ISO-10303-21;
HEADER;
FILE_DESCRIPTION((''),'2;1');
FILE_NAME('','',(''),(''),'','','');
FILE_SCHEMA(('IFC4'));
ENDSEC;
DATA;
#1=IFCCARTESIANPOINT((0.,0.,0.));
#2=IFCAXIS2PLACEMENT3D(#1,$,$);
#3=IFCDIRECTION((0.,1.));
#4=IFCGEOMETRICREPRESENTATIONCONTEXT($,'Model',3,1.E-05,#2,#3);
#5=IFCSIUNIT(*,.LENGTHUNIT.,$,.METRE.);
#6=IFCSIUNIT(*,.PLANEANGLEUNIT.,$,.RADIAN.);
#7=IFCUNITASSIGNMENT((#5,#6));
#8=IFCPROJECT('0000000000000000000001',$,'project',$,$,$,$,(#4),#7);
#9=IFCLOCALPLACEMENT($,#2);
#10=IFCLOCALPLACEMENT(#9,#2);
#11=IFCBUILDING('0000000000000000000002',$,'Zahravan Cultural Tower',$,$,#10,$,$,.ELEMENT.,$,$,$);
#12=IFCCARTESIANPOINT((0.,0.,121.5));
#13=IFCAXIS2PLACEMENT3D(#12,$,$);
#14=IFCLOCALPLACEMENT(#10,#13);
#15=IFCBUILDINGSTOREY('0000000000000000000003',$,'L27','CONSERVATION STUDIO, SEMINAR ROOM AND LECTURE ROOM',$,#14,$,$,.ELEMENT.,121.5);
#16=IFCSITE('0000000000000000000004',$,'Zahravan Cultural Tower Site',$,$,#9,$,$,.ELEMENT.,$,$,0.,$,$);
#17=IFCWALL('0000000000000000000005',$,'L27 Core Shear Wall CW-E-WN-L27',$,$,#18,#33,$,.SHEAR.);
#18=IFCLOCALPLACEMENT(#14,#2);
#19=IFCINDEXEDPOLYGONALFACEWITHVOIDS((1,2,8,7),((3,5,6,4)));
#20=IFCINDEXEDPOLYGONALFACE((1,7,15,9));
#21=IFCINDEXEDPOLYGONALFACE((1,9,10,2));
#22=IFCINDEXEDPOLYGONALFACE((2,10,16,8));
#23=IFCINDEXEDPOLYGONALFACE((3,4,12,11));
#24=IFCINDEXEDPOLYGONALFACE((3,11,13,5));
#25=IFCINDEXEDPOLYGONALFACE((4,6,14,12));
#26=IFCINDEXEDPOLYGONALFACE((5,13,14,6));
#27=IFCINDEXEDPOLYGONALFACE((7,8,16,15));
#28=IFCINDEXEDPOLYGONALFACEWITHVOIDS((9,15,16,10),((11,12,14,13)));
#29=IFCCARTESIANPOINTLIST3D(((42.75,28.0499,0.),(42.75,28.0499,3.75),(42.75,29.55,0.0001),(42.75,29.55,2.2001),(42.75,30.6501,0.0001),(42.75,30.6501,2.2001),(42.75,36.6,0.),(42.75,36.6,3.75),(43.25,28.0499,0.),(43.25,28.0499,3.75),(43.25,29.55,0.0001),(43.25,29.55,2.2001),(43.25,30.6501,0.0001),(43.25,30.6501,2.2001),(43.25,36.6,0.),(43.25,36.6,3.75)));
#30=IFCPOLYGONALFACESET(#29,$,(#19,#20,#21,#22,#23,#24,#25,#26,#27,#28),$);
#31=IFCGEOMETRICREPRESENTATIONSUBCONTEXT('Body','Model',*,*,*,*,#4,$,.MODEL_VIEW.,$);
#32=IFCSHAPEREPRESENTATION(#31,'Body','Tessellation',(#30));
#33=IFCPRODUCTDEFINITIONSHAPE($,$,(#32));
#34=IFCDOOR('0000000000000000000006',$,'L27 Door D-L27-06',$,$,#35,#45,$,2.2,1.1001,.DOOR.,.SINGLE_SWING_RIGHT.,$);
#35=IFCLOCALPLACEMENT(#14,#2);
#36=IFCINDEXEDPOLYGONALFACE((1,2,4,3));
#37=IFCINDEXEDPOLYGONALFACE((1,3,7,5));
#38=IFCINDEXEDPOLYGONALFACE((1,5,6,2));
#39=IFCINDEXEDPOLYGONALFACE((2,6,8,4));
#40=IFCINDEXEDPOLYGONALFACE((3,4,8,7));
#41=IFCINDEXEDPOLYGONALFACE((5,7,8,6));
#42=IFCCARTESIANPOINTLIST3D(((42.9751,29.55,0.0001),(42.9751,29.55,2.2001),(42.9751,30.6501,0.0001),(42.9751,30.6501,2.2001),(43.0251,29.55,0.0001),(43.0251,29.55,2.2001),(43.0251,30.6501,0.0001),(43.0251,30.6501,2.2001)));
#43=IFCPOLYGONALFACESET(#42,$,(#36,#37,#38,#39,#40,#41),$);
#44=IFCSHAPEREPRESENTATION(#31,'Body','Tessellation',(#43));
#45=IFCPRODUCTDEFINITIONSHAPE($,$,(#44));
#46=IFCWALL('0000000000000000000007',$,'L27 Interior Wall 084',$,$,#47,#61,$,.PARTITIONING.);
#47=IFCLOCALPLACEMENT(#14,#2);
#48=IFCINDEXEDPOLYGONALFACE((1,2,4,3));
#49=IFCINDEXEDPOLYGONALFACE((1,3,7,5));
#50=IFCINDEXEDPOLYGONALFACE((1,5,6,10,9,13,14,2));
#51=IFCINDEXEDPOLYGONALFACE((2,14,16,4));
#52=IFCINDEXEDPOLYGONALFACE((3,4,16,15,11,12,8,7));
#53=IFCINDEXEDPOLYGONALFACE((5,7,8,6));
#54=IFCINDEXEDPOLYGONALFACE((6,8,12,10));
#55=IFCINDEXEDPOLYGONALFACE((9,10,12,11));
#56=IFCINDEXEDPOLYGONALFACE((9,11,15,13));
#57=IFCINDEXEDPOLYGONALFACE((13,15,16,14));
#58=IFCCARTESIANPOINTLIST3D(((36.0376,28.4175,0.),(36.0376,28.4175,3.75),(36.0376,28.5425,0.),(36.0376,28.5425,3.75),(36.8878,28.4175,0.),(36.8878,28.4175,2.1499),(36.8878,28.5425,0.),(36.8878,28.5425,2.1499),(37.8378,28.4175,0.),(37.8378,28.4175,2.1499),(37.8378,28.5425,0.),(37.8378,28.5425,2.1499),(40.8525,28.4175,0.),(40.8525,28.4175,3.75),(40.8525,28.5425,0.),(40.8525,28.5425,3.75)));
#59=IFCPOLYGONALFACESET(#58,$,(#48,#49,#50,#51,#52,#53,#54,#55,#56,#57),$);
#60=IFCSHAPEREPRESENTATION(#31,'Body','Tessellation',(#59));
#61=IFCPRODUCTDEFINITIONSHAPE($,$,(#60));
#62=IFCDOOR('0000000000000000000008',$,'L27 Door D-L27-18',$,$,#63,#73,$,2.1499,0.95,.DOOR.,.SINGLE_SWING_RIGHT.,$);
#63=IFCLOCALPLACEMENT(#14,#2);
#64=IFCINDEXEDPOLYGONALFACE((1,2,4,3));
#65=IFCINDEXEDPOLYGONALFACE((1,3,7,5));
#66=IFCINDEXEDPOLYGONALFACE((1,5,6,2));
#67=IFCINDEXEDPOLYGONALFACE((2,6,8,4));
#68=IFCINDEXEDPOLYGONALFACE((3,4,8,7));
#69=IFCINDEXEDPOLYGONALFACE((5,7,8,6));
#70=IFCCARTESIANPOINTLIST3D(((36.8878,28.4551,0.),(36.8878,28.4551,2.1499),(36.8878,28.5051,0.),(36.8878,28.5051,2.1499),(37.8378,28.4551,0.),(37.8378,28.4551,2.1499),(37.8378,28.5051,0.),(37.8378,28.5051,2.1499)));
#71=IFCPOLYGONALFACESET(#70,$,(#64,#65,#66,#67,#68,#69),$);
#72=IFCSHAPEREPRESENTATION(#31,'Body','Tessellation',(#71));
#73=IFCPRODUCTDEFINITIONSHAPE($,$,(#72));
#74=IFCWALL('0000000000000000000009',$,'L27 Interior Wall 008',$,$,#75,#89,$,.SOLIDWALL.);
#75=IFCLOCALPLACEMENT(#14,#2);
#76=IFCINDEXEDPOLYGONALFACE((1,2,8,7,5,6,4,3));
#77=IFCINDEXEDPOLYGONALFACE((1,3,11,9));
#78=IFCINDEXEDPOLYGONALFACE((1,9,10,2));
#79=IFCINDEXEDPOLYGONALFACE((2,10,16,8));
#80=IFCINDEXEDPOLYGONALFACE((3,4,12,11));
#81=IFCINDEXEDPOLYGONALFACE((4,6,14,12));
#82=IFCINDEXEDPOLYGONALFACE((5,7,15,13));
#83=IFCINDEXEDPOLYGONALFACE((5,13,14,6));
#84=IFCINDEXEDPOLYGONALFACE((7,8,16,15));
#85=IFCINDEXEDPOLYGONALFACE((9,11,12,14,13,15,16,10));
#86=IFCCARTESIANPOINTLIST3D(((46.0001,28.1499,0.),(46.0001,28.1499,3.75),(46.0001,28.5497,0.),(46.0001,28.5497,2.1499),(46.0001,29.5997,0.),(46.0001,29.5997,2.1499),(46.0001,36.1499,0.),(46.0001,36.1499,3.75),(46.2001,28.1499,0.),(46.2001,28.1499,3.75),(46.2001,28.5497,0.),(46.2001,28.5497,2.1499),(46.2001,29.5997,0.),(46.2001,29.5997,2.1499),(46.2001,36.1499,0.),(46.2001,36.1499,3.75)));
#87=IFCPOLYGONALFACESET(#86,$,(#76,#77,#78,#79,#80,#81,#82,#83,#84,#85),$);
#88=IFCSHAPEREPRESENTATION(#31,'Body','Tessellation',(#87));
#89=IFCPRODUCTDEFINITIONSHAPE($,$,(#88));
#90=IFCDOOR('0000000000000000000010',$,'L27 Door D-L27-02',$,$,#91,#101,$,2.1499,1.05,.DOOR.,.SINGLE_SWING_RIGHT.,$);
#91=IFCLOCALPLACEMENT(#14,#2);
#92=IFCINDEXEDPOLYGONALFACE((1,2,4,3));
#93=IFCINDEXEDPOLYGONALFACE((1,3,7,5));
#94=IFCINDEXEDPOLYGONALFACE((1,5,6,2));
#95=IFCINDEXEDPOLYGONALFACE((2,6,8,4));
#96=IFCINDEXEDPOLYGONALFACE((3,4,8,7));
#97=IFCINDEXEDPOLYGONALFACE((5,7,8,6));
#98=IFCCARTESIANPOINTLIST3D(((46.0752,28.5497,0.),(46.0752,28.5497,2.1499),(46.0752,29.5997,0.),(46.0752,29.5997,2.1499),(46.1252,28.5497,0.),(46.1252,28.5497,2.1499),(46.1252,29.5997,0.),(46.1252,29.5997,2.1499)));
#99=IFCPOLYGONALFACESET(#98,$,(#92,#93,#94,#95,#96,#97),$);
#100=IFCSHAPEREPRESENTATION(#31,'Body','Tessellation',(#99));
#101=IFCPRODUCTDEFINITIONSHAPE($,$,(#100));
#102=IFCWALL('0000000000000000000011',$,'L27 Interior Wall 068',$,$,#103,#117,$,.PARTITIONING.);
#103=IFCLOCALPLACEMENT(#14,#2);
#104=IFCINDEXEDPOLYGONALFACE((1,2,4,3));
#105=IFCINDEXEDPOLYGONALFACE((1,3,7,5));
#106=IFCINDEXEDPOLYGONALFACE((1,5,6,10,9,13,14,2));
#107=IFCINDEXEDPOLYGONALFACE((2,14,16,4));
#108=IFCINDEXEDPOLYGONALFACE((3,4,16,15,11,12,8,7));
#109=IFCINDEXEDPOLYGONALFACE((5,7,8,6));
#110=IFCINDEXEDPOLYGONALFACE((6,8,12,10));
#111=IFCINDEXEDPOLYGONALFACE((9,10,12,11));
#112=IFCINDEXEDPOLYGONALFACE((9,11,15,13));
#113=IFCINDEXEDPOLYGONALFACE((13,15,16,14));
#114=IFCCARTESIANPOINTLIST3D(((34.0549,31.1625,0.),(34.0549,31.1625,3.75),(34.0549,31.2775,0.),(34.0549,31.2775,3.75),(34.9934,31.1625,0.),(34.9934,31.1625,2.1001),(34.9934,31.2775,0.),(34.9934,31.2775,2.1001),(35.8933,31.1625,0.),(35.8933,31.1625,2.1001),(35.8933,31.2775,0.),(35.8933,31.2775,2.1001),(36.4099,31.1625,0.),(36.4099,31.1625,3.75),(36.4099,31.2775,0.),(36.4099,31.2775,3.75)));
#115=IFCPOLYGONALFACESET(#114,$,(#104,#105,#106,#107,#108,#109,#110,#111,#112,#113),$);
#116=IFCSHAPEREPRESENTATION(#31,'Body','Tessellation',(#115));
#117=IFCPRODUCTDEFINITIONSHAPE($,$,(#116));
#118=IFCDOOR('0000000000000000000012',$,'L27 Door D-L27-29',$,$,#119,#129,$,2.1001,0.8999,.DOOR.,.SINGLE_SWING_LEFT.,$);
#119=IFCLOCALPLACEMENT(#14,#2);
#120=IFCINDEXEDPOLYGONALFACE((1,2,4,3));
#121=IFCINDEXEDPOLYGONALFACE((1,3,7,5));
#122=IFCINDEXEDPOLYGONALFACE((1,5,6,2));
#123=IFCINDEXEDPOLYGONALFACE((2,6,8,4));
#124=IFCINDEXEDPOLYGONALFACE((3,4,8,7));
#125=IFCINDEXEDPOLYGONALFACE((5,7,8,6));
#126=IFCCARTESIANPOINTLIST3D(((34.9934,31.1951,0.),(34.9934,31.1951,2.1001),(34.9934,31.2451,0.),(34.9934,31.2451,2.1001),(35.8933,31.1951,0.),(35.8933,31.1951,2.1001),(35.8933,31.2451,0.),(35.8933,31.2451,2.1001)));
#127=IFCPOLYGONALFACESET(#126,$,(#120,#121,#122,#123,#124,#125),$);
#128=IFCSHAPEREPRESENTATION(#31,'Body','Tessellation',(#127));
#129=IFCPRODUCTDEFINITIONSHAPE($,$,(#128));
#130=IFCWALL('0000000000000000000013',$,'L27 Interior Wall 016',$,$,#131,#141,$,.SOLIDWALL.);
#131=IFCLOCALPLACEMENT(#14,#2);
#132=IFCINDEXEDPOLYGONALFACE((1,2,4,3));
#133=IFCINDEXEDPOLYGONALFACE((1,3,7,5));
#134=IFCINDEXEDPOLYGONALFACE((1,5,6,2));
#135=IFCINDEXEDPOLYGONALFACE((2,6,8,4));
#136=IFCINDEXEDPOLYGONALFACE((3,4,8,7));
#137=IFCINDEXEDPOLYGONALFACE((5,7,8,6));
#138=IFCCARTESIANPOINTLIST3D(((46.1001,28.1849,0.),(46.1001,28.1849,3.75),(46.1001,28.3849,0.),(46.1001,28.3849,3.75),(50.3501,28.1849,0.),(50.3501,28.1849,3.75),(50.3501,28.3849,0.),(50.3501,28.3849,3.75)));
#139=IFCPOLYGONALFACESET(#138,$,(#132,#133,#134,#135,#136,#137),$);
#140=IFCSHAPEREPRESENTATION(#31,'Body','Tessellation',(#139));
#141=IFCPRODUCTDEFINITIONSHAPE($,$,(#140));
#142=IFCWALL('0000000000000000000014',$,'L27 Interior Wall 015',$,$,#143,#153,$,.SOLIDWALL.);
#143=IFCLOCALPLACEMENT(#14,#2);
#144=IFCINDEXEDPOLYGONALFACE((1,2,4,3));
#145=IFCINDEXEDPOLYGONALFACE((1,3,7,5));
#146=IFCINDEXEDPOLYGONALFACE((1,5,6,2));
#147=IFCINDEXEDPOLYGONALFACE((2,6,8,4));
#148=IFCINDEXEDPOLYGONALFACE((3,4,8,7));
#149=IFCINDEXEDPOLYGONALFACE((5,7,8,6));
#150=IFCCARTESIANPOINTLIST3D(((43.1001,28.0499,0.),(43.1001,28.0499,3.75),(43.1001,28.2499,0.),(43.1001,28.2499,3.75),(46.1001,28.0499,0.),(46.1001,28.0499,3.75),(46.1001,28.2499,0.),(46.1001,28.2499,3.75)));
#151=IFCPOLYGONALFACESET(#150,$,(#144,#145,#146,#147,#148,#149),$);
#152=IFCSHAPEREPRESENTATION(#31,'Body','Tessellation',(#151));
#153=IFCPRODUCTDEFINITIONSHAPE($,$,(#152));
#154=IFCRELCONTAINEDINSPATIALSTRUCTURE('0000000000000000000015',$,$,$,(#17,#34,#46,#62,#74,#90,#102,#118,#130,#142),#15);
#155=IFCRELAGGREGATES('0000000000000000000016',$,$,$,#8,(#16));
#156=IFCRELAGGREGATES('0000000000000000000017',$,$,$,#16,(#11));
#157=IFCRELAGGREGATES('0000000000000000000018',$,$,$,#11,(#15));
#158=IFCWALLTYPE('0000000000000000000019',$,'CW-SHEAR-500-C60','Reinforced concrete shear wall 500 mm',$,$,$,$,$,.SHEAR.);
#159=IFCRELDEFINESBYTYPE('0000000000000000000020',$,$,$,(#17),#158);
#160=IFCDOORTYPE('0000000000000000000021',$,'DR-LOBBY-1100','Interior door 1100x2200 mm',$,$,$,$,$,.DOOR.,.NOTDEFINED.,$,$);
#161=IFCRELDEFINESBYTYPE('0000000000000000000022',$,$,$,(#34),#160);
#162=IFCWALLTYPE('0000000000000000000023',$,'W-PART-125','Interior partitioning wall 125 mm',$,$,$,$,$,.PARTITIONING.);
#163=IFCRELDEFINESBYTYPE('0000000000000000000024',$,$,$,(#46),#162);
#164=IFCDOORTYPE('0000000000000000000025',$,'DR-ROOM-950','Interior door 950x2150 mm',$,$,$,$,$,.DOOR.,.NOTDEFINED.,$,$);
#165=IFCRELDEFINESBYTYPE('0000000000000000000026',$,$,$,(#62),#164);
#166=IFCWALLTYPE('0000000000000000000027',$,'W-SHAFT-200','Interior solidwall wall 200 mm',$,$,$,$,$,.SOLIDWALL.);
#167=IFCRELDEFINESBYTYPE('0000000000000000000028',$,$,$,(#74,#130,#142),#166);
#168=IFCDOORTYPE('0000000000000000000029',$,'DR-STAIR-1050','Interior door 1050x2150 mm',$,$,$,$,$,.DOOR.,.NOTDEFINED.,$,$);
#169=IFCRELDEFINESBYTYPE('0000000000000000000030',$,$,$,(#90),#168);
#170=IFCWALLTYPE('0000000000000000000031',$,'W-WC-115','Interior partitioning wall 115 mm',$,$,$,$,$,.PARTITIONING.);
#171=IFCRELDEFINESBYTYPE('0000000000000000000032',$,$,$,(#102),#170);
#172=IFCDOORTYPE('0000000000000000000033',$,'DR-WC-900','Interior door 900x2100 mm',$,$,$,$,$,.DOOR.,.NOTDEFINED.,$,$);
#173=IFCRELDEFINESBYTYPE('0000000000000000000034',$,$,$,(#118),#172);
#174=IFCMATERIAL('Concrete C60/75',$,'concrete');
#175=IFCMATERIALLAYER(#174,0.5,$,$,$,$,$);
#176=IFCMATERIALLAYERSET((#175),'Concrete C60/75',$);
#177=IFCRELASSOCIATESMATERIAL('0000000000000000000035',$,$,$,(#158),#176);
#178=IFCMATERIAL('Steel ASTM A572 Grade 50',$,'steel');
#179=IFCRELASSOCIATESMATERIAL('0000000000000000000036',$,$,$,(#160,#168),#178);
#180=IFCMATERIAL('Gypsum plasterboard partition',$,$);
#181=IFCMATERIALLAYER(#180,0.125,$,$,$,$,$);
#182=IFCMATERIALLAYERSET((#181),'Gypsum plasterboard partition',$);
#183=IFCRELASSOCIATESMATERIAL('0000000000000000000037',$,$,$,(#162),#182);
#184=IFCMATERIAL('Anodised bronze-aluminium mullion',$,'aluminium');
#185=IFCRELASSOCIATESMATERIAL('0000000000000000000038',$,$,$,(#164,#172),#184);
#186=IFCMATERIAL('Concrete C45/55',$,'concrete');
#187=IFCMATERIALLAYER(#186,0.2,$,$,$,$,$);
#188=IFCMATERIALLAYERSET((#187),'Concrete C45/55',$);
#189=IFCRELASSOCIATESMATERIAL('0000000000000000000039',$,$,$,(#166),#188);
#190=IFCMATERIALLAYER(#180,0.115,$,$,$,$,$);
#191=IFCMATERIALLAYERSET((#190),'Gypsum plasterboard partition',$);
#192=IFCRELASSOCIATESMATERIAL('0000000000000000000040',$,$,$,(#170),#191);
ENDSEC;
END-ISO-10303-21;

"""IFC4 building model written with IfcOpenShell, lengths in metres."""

from ifc_helpers import new_model, si_unit, direction, frame, frame_2d, origin, place, context, subcontext, project, spatial, rectangle, extrude, source, transform, mapped, material, layer, layer_set, type_object, element, fill, save


model = new_model("IFC4")

# Units and contexts
model_context = context("Model", 3, precision=1e-05, world=origin(), true_north=direction((0.0, 1.0)))
body_context = subcontext(model_context, "Body", "Model", "MODEL_VIEW")
ifc_project = project(units=[si_unit("LENGTHUNIT", "METRE"), si_unit("PLANEANGLEUNIT", "RADIAN")], contexts=[model_context])

# Site, building, storey
site_placement = place(None, origin())
site = spatial("IfcSite", under=ifc_project, at=site_placement, Name="Zahravan Cultural Tower Site", CompositionType="ELEMENT", RefElevation=0.0)
building_placement = place(site_placement, origin())
building = spatial("IfcBuilding", under=site, at=building_placement, Name="Zahravan Cultural Tower", CompositionType="ELEMENT")
storey_placement = place(building_placement, frame((0.0, 0.0, 121.5)))
storey = spatial("IfcBuildingStorey", under=building, at=storey_placement, Name="L27", Description="CONSERVATION STUDIO, SEMINAR ROOM AND LECTURE ROOM", CompositionType="ELEMENT", Elevation=121.5)

# Walls, openings, doors
ifc_material_1 = material(Name="Concrete C60/75", Category="concrete")
ifc_layer_1 = layer(ifc_material_1, 0.5)
ifc_layer_set_1 = layer_set([ifc_layer_1], Name="Concrete C60/75")
wall_type_1 = type_object("IfcWallType", Name="CW-SHEAR-500-C60", Description="Reinforced concrete shear wall 500 mm", PredefinedType="SHEAR", material=ifc_layer_set_1)
wall_1_placement = place(storey_placement, frame((43.0, 28.05, 0.0), z_axis=(0.0, 0.0, 1.0), x_axis=(0.0, 1.0, 0.0)))
wall_1 = element("IfcWall", 1, at=wall_1_placement, inside=storey, type_object=wall_type_1, Name="L27 Core Shear Wall CW-E-WN-L27", PredefinedType="SHEAR", context=body_context, shape_type="SweptSolid", body=[
    extrude(rectangle(XDim=8.55, YDim=0.5, at=frame_2d((4.2749, 0.0))), origin(), (0.0, 0.0, 1.0), 3.75),
])
opening_1_placement = place(wall_1_placement, frame((1.5, 0.0, 0.0)))
opening_1 = element("IfcOpeningElement", 2, at=opening_1_placement, cuts=wall_1, PredefinedType="OPENING", context=body_context, shape_type="SweptSolid", body=[
    extrude(rectangle(XDim=1.1001, YDim=2.2, at=frame_2d((0.55, 1.1001))), frame((0.0, 0.26, 0.0), z_axis=(0.0, -1.0, 0.0), x_axis=(1.0, 0.0, 0.0)), (0.0, 0.0, 1.0), 0.52),
])
ifc_material_2 = material(Name="Steel ASTM A572 Grade 50", Category="steel")
door_type_1 = type_object("IfcDoorType", Name="DR-LOBBY-1100", Description="Interior door 1100x2200 mm", OperationType="NOTDEFINED", PredefinedType="DOOR", material=ifc_material_2)
shared_shape_1 = source(origin(), body_context, "Body", "SweptSolid", [
    extrude(rectangle(XDim=1.1001, YDim=2.2, at=frame_2d((0.55, 1.1001))), frame((0.0, 0.0249, 0.0), z_axis=(0.0, -1.0, 0.0), x_axis=(1.0, 0.0, 0.0)), (0.0, 0.0, 1.0), 0.05),
])
door_1_placement = place(opening_1_placement, origin())
door_1 = element("IfcDoor", 3, at=door_1_placement, inside=storey, type_object=door_type_1, Name="L27 Door D-L27-06", OperationType="SINGLE_SWING_RIGHT", OverallHeight=2.2, OverallWidth=1.1001, PredefinedType="DOOR", context=body_context, shape_type="MappedRepresentation", body=[
    mapped(shared_shape_1, transform((0.0, 0.0, 0.0), x_axis=(1.0, 0.0, 0.0), y_axis=(0.0, 1.0, 0.0), z_axis=(0.0, 0.0, 1.0), scale=1.0)),
])
fill(opening_1, door_1)
ifc_material_3 = material(Name="Gypsum plasterboard partition")
ifc_layer_2 = layer(ifc_material_3, 0.125)
ifc_layer_set_2 = layer_set([ifc_layer_2], Name="Gypsum plasterboard partition")
wall_type_2 = type_object("IfcWallType", Name="W-PART-125", Description="Interior partitioning wall 125 mm", PredefinedType="PARTITIONING", material=ifc_layer_set_2)
wall_2_placement = place(storey_placement, frame((40.8525, 28.48, 0.0), z_axis=(0.0, 0.0, 1.0), x_axis=(-1.0, 0.0, 0.0)))
wall_2 = element("IfcWall", 4, at=wall_2_placement, inside=storey, type_object=wall_type_2, Name="L27 Interior Wall 084", PredefinedType="PARTITIONING", context=body_context, shape_type="SweptSolid", body=[
    extrude(rectangle(XDim=4.8149, YDim=0.125, at=frame_2d((2.4075, 0.0))), origin(), (0.0, 0.0, 1.0), 3.75),
])
opening_2_placement = place(wall_2_placement, frame((3.0146, 0.0, 0.0)))
opening_2 = element("IfcOpeningElement", 5, at=opening_2_placement, cuts=wall_2, PredefinedType="OPENING", context=body_context, shape_type="SweptSolid", body=[
    extrude(rectangle(XDim=0.95, YDim=2.1499, at=frame_2d((0.4751, 1.075))), frame((0.0, 0.0725, 0.0), z_axis=(0.0, -1.0, 0.0), x_axis=(1.0, 0.0, 0.0)), (0.0, 0.0, 1.0), 0.145),
])
ifc_material_4 = material(Name="Anodised bronze-aluminium mullion", Category="aluminium")
door_type_2 = type_object("IfcDoorType", Name="DR-ROOM-950", Description="Interior door 950x2150 mm", OperationType="NOTDEFINED", PredefinedType="DOOR", material=ifc_material_4)
shared_shape_2 = source(origin(), body_context, "Body", "SweptSolid", [
    extrude(rectangle(XDim=0.95, YDim=2.1499, at=frame_2d((0.4751, 1.075))), frame((0.0, 0.0249, 0.0), z_axis=(0.0, -1.0, 0.0), x_axis=(1.0, 0.0, 0.0)), (0.0, 0.0, 1.0), 0.05),
])
door_2_placement = place(opening_2_placement, origin())
door_2 = element("IfcDoor", 6, at=door_2_placement, inside=storey, type_object=door_type_2, Name="L27 Door D-L27-18", OperationType="SINGLE_SWING_RIGHT", OverallHeight=2.1499, OverallWidth=0.95, PredefinedType="DOOR", context=body_context, shape_type="MappedRepresentation", body=[
    mapped(shared_shape_2, transform((0.0, 0.0, 0.0), x_axis=(1.0, 0.0, 0.0), y_axis=(0.0, 1.0, 0.0), z_axis=(0.0, 0.0, 1.0), scale=1.0)),
])
fill(opening_2, door_2)
ifc_material_5 = material(Name="Concrete C45/55", Category="concrete")
ifc_layer_3 = layer(ifc_material_5, 0.2)
ifc_layer_set_3 = layer_set([ifc_layer_3], Name="Concrete C45/55")
wall_type_3 = type_object("IfcWallType", Name="W-SHAFT-200", Description="Interior solidwall wall 200 mm", PredefinedType="SOLIDWALL", material=ifc_layer_set_3)
wall_3_placement = place(storey_placement, frame((46.1001, 28.1499, 0.0), z_axis=(0.0, 0.0, 1.0), x_axis=(0.0, 1.0, 0.0)))
wall_3 = element("IfcWall", 7, at=wall_3_placement, inside=storey, type_object=wall_type_3, Name="L27 Interior Wall 008", PredefinedType="SOLIDWALL", context=body_context, shape_type="SweptSolid", body=[
    extrude(rectangle(XDim=8.0, YDim=0.2, at=frame_2d((4.0, 0.0))), origin(), (0.0, 0.0, 1.0), 3.75),
])
opening_3_placement = place(wall_3_placement, frame((0.3999, 0.0, 0.0)))
opening_3 = element("IfcOpeningElement", 8, at=opening_3_placement, cuts=wall_3, PredefinedType="OPENING", context=body_context, shape_type="SweptSolid", body=[
    extrude(rectangle(XDim=1.05, YDim=2.1499, at=frame_2d((0.5249, 1.075))), frame((0.0, 0.1099, 0.0), z_axis=(0.0, -1.0, 0.0), x_axis=(1.0, 0.0, 0.0)), (0.0, 0.0, 1.0), 0.22),
])
door_type_3 = type_object("IfcDoorType", Name="DR-STAIR-1050", Description="Interior door 1050x2150 mm", OperationType="NOTDEFINED", PredefinedType="DOOR", material=ifc_material_2)
shared_shape_3 = source(origin(), body_context, "Body", "SweptSolid", [
    extrude(rectangle(XDim=1.05, YDim=2.1499, at=frame_2d((0.5249, 1.075))), frame((0.0, 0.0249, 0.0), z_axis=(0.0, -1.0, 0.0), x_axis=(1.0, 0.0, 0.0)), (0.0, 0.0, 1.0), 0.05),
])
door_3_placement = place(opening_3_placement, origin())
door_3 = element("IfcDoor", 9, at=door_3_placement, inside=storey, type_object=door_type_3, Name="L27 Door D-L27-02", OperationType="SINGLE_SWING_RIGHT", OverallHeight=2.1499, OverallWidth=1.05, PredefinedType="DOOR", context=body_context, shape_type="MappedRepresentation", body=[
    mapped(shared_shape_3, transform((0.0, 0.0, 0.0), x_axis=(1.0, 0.0, 0.0), y_axis=(0.0, 1.0, 0.0), z_axis=(0.0, 0.0, 1.0), scale=1.0)),
])
fill(opening_3, door_3)
ifc_layer_4 = layer(ifc_material_3, 0.115)
ifc_layer_set_4 = layer_set([ifc_layer_4], Name="Gypsum plasterboard partition")
wall_type_4 = type_object("IfcWallType", Name="W-WC-115", Description="Interior partitioning wall 115 mm", PredefinedType="PARTITIONING", material=ifc_layer_set_4)
wall_4_placement = place(storey_placement, frame((36.4099, 31.22, 0.0), z_axis=(0.0, 0.0, 1.0), x_axis=(-1.0, 0.0, 0.0)))
wall_4 = element("IfcWall", 10, at=wall_4_placement, inside=storey, type_object=wall_type_4, Name="L27 Interior Wall 068", PredefinedType="PARTITIONING", context=body_context, shape_type="SweptSolid", body=[
    extrude(rectangle(XDim=2.355, YDim=0.115, at=frame_2d((1.1775, 0.0))), origin(), (0.0, 0.0, 1.0), 3.75),
])
opening_4_placement = place(wall_4_placement, frame((0.5166, 0.0, 0.0)))
opening_4 = element("IfcOpeningElement", 11, at=opening_4_placement, cuts=wall_4, PredefinedType="OPENING", context=body_context, shape_type="SweptSolid", body=[
    extrude(rectangle(XDim=0.8999, YDim=2.1001, at=frame_2d((0.45, 1.05))), frame((0.0, 0.0674, 0.0), z_axis=(0.0, -1.0, 0.0), x_axis=(1.0, 0.0, 0.0)), (0.0, 0.0, 1.0), 0.135),
])
door_type_4 = type_object("IfcDoorType", Name="DR-WC-900", Description="Interior door 900x2100 mm", OperationType="NOTDEFINED", PredefinedType="DOOR", material=ifc_material_4)
shared_shape_4 = source(origin(), body_context, "Body", "SweptSolid", [
    extrude(rectangle(XDim=0.8999, YDim=2.1001, at=frame_2d((0.45, 1.05))), frame((0.0, 0.0249, 0.0), z_axis=(0.0, -1.0, 0.0), x_axis=(1.0, 0.0, 0.0)), (0.0, 0.0, 1.0), 0.05),
])
door_4_placement = place(opening_4_placement, origin())
door_4 = element("IfcDoor", 12, at=door_4_placement, inside=storey, type_object=door_type_4, Name="L27 Door D-L27-29", OperationType="SINGLE_SWING_LEFT", OverallHeight=2.1001, OverallWidth=0.8999, PredefinedType="DOOR", context=body_context, shape_type="MappedRepresentation", body=[
    mapped(shared_shape_4, transform((0.0, 0.0, 0.0), x_axis=(1.0, 0.0, 0.0), y_axis=(0.0, 1.0, 0.0), z_axis=(0.0, 0.0, 1.0), scale=1.0)),
])
fill(opening_4, door_4)

# Walls
shared_shape_5 = source(origin(), body_context, "Body", "SweptSolid", [
    extrude(rectangle(XDim=4.25, YDim=0.2, at=frame_2d((2.125, 0.0))), origin(), (0.0, 0.0, 1.0), 3.75),
])
wall_5_placement = place(storey_placement, frame((46.1001, 28.2849, 0.0), z_axis=(0.0, 0.0, 1.0), x_axis=(1.0, 0.0, 0.0)))
element("IfcWall", 13, at=wall_5_placement, inside=storey, type_object=wall_type_3, Name="L27 Interior Wall 016", PredefinedType="SOLIDWALL", context=body_context, shape_type="MappedRepresentation", body=[
    mapped(shared_shape_5, transform((0.0, 0.0, 0.0), x_axis=(1.0, 0.0, 0.0), y_axis=(0.0, 1.0, 0.0), z_axis=(0.0, 0.0, 1.0), scale=1.0)),
])
shared_shape_6 = source(origin(), body_context, "Body", "SweptSolid", [
    extrude(rectangle(XDim=3.0, YDim=0.2, at=frame_2d((1.5, 0.0))), origin(), (0.0, 0.0, 1.0), 3.75),
])
wall_6_placement = place(storey_placement, frame((43.1001, 28.1499, 0.0), z_axis=(0.0, 0.0, 1.0), x_axis=(1.0, 0.0, 0.0)))
element("IfcWall", 14, at=wall_6_placement, inside=storey, type_object=wall_type_3, Name="L27 Interior Wall 015", PredefinedType="SOLIDWALL", context=body_context, shape_type="MappedRepresentation", body=[
    mapped(shared_shape_6, transform((0.0, 0.0, 0.0), x_axis=(1.0, 0.0, 0.0), y_axis=(0.0, 1.0, 0.0), z_axis=(0.0, 0.0, 1.0), scale=1.0)),
])

save(model, "model.ifc")
